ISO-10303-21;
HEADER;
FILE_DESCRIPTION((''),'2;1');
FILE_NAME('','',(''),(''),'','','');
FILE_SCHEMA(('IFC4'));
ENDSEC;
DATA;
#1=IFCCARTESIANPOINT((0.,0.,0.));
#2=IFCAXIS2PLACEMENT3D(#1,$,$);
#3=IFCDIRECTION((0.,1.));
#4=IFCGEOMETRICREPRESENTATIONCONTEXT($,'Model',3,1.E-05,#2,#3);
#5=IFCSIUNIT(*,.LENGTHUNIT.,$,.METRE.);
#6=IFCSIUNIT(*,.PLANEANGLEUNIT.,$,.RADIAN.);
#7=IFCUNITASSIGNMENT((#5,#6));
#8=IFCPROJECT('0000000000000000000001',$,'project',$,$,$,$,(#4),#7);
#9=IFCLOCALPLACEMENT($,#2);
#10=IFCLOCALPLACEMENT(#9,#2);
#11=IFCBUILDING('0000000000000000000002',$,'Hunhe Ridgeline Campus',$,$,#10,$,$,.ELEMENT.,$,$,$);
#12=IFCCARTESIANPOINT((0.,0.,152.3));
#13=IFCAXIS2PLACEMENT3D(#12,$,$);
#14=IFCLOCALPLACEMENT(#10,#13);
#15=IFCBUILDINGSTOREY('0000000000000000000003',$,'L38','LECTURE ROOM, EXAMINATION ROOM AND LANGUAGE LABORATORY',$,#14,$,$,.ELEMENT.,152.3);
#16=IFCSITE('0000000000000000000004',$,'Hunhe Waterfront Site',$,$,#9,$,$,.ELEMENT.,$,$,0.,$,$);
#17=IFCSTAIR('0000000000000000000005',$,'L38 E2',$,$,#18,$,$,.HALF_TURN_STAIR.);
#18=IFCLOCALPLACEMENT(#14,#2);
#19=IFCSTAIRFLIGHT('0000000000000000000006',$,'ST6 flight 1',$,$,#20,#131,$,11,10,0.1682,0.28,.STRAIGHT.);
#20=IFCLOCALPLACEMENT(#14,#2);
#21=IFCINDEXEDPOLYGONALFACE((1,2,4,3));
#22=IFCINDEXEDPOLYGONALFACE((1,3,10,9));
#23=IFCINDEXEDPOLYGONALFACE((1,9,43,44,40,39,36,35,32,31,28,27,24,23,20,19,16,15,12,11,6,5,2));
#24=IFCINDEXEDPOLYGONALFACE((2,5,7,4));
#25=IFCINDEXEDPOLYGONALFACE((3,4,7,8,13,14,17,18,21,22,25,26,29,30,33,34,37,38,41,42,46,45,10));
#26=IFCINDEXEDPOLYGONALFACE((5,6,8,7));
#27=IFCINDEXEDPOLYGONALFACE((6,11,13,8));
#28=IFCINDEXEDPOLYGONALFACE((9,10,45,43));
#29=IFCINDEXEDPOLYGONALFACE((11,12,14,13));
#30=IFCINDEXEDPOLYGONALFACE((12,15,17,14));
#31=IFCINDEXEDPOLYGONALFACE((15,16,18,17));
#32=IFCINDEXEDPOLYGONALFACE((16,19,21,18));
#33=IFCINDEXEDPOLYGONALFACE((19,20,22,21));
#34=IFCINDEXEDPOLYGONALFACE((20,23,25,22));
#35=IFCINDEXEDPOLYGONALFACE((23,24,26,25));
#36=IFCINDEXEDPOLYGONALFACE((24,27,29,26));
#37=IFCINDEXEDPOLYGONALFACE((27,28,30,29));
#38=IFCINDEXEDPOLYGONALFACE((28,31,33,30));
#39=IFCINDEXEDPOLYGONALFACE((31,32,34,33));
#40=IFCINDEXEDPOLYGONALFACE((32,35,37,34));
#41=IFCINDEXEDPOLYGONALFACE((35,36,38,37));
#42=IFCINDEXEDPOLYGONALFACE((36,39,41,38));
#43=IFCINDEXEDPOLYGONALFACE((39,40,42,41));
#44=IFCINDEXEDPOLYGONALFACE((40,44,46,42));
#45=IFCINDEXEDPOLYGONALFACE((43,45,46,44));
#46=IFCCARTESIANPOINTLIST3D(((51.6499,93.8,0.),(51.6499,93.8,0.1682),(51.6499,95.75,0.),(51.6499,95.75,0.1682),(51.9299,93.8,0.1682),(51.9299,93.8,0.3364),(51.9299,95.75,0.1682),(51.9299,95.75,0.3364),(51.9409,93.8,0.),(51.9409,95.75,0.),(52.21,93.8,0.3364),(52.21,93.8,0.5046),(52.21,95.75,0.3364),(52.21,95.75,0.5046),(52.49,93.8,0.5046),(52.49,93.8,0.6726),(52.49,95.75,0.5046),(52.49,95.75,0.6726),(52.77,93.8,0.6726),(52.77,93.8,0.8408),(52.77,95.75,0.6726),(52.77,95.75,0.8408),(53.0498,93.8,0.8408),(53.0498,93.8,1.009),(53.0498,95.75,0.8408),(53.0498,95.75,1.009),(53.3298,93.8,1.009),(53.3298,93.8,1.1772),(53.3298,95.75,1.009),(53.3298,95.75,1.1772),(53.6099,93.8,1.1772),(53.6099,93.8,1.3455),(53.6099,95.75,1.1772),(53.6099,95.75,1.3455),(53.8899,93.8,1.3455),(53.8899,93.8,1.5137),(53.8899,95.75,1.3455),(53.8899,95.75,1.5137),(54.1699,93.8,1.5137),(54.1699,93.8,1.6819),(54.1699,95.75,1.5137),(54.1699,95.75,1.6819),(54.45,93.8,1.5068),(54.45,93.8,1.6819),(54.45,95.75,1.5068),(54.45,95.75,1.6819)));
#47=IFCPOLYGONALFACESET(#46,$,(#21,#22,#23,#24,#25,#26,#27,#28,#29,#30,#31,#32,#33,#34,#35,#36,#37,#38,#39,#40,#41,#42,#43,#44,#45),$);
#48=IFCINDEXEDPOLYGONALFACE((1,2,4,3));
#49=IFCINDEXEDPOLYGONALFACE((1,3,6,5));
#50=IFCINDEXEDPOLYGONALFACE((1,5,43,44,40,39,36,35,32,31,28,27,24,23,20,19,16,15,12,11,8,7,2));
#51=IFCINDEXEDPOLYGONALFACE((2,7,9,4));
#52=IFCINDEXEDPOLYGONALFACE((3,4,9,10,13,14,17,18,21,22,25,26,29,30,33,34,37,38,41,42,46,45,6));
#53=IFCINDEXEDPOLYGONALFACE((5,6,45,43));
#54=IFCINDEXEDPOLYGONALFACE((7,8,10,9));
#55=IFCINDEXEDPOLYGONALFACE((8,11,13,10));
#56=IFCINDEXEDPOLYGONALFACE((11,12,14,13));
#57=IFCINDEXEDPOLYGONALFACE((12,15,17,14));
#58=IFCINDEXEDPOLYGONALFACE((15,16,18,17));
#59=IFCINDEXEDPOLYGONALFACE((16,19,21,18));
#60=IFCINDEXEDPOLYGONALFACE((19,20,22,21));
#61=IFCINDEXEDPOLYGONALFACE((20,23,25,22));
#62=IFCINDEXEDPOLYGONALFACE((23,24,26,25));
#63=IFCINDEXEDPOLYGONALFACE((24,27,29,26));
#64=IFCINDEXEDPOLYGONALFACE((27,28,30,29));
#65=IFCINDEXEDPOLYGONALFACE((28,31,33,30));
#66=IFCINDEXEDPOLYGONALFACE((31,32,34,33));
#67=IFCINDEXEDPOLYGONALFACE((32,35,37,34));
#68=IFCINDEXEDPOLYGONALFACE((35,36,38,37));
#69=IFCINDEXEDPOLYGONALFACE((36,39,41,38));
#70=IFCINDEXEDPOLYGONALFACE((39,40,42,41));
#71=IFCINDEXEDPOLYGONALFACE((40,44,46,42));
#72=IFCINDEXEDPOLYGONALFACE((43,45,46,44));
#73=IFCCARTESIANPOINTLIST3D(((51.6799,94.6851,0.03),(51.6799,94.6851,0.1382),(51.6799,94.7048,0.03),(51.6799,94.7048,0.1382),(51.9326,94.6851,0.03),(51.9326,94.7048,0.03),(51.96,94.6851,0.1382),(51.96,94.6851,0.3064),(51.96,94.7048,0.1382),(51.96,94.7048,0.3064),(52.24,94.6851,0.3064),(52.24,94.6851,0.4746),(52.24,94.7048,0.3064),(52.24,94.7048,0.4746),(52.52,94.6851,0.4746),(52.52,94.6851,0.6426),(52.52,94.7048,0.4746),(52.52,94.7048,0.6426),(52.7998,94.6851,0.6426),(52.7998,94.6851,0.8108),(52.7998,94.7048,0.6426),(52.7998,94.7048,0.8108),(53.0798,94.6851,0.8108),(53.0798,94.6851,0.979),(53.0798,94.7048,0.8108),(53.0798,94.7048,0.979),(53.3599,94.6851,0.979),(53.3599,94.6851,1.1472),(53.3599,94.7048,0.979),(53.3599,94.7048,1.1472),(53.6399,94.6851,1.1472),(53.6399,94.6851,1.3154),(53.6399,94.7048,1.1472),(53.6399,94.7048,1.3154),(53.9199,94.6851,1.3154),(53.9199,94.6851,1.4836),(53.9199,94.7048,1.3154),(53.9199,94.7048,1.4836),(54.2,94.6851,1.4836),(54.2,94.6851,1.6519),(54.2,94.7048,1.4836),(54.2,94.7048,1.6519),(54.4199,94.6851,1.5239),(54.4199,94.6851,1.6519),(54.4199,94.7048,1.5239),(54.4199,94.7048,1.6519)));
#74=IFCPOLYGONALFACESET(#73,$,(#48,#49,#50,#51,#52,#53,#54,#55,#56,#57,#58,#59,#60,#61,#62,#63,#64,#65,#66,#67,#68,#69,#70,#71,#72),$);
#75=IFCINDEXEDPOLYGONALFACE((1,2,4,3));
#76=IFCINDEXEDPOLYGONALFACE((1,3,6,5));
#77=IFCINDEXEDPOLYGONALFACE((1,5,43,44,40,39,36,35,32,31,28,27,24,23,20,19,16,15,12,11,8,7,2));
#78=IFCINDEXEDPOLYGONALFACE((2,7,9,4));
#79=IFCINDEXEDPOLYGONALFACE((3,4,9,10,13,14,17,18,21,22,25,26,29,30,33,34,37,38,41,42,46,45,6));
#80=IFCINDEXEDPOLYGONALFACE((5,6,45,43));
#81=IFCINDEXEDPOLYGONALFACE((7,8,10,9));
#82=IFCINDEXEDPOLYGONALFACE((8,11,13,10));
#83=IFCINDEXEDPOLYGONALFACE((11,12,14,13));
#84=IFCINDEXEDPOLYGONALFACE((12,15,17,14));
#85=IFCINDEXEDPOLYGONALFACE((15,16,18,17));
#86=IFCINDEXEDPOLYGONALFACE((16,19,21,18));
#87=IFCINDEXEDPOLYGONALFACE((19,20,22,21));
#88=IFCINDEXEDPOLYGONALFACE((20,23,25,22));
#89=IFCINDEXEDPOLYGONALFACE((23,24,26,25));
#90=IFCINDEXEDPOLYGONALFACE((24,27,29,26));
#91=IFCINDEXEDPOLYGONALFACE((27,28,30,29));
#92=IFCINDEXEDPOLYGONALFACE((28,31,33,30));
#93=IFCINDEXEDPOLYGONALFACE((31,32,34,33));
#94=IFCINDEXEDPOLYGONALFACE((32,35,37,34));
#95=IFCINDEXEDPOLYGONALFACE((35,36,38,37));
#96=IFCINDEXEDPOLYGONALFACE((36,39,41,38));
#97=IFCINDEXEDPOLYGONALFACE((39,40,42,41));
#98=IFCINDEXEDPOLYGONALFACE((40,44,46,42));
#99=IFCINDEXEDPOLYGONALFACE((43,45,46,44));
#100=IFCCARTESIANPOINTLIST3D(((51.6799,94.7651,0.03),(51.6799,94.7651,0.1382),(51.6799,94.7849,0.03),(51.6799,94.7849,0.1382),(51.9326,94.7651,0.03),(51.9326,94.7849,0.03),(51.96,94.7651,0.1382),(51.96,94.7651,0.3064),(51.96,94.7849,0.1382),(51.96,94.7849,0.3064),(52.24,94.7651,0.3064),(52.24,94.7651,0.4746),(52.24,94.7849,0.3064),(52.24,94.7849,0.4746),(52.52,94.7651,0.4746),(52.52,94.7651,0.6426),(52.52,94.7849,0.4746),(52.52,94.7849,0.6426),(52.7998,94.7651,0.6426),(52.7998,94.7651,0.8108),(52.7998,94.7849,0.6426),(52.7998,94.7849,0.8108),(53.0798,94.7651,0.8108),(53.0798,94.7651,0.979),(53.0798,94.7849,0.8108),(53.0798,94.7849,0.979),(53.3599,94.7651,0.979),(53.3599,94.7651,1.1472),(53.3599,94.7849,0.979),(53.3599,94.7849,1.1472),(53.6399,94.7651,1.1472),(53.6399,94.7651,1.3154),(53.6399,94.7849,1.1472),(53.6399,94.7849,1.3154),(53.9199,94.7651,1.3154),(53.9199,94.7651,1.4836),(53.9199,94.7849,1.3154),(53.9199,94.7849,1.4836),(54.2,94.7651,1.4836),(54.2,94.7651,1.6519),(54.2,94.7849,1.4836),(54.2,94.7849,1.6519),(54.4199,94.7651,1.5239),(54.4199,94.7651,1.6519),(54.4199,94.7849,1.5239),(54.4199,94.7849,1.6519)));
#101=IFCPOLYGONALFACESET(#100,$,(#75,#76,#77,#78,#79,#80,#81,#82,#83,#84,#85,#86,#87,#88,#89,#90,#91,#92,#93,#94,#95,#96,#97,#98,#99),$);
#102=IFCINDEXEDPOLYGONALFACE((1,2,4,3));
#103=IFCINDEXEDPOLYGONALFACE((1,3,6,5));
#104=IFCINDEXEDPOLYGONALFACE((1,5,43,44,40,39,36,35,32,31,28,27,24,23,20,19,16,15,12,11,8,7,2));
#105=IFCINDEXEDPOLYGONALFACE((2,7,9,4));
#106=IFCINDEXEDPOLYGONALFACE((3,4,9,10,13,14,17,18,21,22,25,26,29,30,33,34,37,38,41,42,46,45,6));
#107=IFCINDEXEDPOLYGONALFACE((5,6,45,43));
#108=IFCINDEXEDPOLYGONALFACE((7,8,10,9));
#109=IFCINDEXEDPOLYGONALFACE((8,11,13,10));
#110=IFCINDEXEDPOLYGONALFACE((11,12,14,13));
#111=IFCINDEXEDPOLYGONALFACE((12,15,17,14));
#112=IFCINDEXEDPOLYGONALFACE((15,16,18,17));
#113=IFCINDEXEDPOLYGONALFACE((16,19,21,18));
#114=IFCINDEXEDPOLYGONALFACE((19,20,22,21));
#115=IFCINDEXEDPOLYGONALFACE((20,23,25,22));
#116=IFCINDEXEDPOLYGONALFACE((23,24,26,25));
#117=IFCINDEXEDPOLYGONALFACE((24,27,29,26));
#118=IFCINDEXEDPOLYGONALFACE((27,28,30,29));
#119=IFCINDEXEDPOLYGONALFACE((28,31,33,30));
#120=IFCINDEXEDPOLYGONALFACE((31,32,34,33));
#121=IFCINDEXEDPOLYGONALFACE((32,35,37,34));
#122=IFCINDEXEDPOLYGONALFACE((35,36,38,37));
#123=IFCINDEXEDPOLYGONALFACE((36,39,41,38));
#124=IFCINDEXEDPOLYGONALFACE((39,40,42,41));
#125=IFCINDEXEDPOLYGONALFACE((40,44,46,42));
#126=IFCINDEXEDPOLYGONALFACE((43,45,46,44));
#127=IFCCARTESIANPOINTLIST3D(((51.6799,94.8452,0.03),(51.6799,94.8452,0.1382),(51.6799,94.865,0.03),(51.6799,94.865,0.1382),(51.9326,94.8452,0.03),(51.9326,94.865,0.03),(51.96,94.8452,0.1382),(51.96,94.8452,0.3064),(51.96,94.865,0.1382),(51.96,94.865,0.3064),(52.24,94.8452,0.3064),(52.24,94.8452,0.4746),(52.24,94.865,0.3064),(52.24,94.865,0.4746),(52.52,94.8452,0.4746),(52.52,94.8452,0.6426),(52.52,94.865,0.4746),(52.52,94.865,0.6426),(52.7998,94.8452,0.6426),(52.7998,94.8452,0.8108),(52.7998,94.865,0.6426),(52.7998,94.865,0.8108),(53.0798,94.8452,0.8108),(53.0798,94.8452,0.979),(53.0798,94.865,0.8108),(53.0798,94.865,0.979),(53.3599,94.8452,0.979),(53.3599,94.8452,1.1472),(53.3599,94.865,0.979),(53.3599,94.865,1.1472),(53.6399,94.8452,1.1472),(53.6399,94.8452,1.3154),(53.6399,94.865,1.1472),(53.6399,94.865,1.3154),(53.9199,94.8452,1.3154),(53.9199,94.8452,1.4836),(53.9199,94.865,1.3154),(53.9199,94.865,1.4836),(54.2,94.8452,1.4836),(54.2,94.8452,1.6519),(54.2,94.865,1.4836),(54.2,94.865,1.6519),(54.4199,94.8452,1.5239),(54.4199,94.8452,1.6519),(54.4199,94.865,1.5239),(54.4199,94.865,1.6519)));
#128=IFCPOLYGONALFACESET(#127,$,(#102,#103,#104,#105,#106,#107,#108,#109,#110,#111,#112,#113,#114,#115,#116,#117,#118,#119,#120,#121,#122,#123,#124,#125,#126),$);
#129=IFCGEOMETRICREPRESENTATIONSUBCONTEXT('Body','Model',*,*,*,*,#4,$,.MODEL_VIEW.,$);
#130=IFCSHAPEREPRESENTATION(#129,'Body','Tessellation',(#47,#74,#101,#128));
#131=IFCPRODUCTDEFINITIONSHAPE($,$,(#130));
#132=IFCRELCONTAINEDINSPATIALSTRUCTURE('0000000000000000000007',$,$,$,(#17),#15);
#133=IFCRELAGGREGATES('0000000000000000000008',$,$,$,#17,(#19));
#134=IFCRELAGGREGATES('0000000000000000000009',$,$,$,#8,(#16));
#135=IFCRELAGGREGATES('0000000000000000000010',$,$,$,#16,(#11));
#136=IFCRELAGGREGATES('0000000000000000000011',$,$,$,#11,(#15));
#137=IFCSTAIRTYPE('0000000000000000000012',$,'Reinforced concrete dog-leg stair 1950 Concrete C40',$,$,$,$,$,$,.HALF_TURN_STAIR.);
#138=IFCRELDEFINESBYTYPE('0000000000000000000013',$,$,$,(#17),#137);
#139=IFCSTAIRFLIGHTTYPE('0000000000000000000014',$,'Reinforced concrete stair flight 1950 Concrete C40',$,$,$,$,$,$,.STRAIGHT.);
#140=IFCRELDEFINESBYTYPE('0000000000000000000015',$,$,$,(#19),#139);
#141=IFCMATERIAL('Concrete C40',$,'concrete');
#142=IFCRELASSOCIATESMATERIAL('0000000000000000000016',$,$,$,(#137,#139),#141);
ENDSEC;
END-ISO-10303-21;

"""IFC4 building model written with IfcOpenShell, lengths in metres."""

from ifc_helpers import new_model, si_unit, direction, frame, origin, place, context, subcontext, project, spatial, polyline, outline, extrude, material, type_object, element, aggregate, save


model = new_model("IFC4")

# Units and contexts
model_context = context("Model", 3, precision=1e-05, world=origin(), true_north=direction((0.0, 1.0)))
body_context = subcontext(model_context, "Body", "Model", "MODEL_VIEW")
ifc_project = project(units=[si_unit("LENGTHUNIT", "METRE"), si_unit("PLANEANGLEUNIT", "RADIAN")], contexts=[model_context])

# Site, building, storey
site_placement = place(None, origin())
site = spatial("IfcSite", under=ifc_project, at=site_placement, Name="Hunhe Waterfront Site", CompositionType="ELEMENT", RefElevation=0.0)
building_placement = place(site_placement, origin())
building = spatial("IfcBuilding", under=site, at=building_placement, Name="Hunhe Ridgeline Campus", CompositionType="ELEMENT")
storey_placement = place(building_placement, frame((0.0, 0.0, 152.3)))
storey = spatial("IfcBuildingStorey", under=building, at=storey_placement, Name="L38", Description="LECTURE ROOM, EXAMINATION ROOM AND LANGUAGE LABORATORY", CompositionType="ELEMENT", Elevation=152.3)

# Shared definitions
ifc_material_1 = material(Name="Concrete C40", Category="concrete")
stair_type = type_object("IfcStairType", Name="Reinforced concrete dog-leg stair 1950 Concrete C40", PredefinedType="HALF_TURN_STAIR", material=ifc_material_1)
stair_flight_type = type_object("IfcStairFlightType", Name="Reinforced concrete stair flight 1950 Concrete C40", PredefinedType="STRAIGHT", material=ifc_material_1)

# Stair, stair flight
stair_1_placement = place(storey_placement, origin())
stair_1 = element("IfcStair", 1, at=stair_1_placement, inside=storey, type_object=stair_type, Name="L38 E2", PredefinedType="HALF_TURN_STAIR")
stair_flight_1_placement = place(storey_placement, frame((51.6499, 94.7749, 0.0), z_axis=(0.0, 0.0, 1.0), x_axis=(1.0, 0.0, 0.0)))
stair_flight_1 = element("IfcStairFlight", 2, at=stair_flight_1_placement, type_object=stair_flight_type, Name="ST6 flight 1", NumberOfRisers=11, NumberOfTreads=10, PredefinedType="STRAIGHT", RiserHeight=0.1682, TreadLength=0.28, context=body_context, shape_type="SweptSolid", body=[
    extrude(outline(polyline([(0.0, 0.0), (0.0, 0.1682), (0.28, 0.1682), (0.28, 0.3364), (0.5601, 0.3364), (0.5601, 0.5046), (0.8401, 0.5046), (0.8401, 0.6726), (1.1201, 0.6726), (1.1201, 0.8408), (1.3999, 0.8408), (1.3999, 1.009), (1.6799, 1.009), (1.6799, 1.1772), (1.96, 1.1772), (1.96, 1.3455), (2.24, 1.3455), (2.24, 1.5137), (2.52, 1.5137), (2.52, 1.6819), (2.8, 1.6819), (2.8, 1.8501), (2.8, 1.5068), (0.291, 0.0), (0.0, 0.0)])), frame((0.0, 0.9751, 0.0), z_axis=(0.0, -1.0, 0.0), x_axis=(1.0, 0.0, 0.0)), (0.0, 0.0, 1.0), 1.95),
    extrude(outline(polyline([(0.03, 0.03), (0.03, 0.1382), (0.3101, 0.1382), (0.3101, 0.3064), (0.5901, 0.3064), (0.5901, 0.4746), (0.8701, 0.4746), (0.8701, 0.6426), (1.1499, 0.6426), (1.1499, 0.8108), (1.4299, 0.8108), (1.4299, 0.979), (1.71, 0.979), (1.71, 1.1472), (1.99, 1.1472), (1.99, 1.3154), (2.27, 1.3154), (2.27, 1.4836), (2.55, 1.4836), (2.55, 1.6519), (2.77, 1.6519), (2.77, 1.5239), (0.2827, 0.03), (0.03, 0.03)])), frame((0.0, -0.0701, 0.0), z_axis=(0.0, -1.0, 0.0), x_axis=(1.0, 0.0, 0.0)), (0.0, 0.0, 1.0), 0.0198),
    extrude(outline(polyline([(0.03, 0.03), (0.03, 0.1382), (0.3101, 0.1382), (0.3101, 0.3064), (0.5901, 0.3064), (0.5901, 0.4746), (0.8701, 0.4746), (0.8701, 0.6426), (1.1499, 0.6426), (1.1499, 0.8108), (1.4299, 0.8108), (1.4299, 0.979), (1.71, 0.979), (1.71, 1.1472), (1.99, 1.1472), (1.99, 1.3154), (2.27, 1.3154), (2.27, 1.4836), (2.55, 1.4836), (2.55, 1.6519), (2.77, 1.6519), (2.77, 1.5239), (0.2827, 0.03), (0.03, 0.03)])), frame((0.0, 0.01, 0.0), z_axis=(0.0, -1.0, 0.0), x_axis=(1.0, 0.0, 0.0)), (0.0, 0.0, 1.0), 0.0198),
    extrude(outline(polyline([(0.03, 0.03), (0.03, 0.1382), (0.3101, 0.1382), (0.3101, 0.3064), (0.5901, 0.3064), (0.5901, 0.4746), (0.8701, 0.4746), (0.8701, 0.6426), (1.1499, 0.6426), (1.1499, 0.8108), (1.4299, 0.8108), (1.4299, 0.979), (1.71, 0.979), (1.71, 1.1472), (1.99, 1.1472), (1.99, 1.3154), (2.27, 1.3154), (2.27, 1.4836), (2.55, 1.4836), (2.55, 1.6519), (2.77, 1.6519), (2.77, 1.5239), (0.2827, 0.03), (0.03, 0.03)])), frame((0.0, 0.0901, 0.0), z_axis=(0.0, -1.0, 0.0), x_axis=(1.0, 0.0, 0.0)), (0.0, 0.0, 1.0), 0.0198),
])
aggregate(stair_1, [stair_flight_1])

save(model, "model.ifc")
